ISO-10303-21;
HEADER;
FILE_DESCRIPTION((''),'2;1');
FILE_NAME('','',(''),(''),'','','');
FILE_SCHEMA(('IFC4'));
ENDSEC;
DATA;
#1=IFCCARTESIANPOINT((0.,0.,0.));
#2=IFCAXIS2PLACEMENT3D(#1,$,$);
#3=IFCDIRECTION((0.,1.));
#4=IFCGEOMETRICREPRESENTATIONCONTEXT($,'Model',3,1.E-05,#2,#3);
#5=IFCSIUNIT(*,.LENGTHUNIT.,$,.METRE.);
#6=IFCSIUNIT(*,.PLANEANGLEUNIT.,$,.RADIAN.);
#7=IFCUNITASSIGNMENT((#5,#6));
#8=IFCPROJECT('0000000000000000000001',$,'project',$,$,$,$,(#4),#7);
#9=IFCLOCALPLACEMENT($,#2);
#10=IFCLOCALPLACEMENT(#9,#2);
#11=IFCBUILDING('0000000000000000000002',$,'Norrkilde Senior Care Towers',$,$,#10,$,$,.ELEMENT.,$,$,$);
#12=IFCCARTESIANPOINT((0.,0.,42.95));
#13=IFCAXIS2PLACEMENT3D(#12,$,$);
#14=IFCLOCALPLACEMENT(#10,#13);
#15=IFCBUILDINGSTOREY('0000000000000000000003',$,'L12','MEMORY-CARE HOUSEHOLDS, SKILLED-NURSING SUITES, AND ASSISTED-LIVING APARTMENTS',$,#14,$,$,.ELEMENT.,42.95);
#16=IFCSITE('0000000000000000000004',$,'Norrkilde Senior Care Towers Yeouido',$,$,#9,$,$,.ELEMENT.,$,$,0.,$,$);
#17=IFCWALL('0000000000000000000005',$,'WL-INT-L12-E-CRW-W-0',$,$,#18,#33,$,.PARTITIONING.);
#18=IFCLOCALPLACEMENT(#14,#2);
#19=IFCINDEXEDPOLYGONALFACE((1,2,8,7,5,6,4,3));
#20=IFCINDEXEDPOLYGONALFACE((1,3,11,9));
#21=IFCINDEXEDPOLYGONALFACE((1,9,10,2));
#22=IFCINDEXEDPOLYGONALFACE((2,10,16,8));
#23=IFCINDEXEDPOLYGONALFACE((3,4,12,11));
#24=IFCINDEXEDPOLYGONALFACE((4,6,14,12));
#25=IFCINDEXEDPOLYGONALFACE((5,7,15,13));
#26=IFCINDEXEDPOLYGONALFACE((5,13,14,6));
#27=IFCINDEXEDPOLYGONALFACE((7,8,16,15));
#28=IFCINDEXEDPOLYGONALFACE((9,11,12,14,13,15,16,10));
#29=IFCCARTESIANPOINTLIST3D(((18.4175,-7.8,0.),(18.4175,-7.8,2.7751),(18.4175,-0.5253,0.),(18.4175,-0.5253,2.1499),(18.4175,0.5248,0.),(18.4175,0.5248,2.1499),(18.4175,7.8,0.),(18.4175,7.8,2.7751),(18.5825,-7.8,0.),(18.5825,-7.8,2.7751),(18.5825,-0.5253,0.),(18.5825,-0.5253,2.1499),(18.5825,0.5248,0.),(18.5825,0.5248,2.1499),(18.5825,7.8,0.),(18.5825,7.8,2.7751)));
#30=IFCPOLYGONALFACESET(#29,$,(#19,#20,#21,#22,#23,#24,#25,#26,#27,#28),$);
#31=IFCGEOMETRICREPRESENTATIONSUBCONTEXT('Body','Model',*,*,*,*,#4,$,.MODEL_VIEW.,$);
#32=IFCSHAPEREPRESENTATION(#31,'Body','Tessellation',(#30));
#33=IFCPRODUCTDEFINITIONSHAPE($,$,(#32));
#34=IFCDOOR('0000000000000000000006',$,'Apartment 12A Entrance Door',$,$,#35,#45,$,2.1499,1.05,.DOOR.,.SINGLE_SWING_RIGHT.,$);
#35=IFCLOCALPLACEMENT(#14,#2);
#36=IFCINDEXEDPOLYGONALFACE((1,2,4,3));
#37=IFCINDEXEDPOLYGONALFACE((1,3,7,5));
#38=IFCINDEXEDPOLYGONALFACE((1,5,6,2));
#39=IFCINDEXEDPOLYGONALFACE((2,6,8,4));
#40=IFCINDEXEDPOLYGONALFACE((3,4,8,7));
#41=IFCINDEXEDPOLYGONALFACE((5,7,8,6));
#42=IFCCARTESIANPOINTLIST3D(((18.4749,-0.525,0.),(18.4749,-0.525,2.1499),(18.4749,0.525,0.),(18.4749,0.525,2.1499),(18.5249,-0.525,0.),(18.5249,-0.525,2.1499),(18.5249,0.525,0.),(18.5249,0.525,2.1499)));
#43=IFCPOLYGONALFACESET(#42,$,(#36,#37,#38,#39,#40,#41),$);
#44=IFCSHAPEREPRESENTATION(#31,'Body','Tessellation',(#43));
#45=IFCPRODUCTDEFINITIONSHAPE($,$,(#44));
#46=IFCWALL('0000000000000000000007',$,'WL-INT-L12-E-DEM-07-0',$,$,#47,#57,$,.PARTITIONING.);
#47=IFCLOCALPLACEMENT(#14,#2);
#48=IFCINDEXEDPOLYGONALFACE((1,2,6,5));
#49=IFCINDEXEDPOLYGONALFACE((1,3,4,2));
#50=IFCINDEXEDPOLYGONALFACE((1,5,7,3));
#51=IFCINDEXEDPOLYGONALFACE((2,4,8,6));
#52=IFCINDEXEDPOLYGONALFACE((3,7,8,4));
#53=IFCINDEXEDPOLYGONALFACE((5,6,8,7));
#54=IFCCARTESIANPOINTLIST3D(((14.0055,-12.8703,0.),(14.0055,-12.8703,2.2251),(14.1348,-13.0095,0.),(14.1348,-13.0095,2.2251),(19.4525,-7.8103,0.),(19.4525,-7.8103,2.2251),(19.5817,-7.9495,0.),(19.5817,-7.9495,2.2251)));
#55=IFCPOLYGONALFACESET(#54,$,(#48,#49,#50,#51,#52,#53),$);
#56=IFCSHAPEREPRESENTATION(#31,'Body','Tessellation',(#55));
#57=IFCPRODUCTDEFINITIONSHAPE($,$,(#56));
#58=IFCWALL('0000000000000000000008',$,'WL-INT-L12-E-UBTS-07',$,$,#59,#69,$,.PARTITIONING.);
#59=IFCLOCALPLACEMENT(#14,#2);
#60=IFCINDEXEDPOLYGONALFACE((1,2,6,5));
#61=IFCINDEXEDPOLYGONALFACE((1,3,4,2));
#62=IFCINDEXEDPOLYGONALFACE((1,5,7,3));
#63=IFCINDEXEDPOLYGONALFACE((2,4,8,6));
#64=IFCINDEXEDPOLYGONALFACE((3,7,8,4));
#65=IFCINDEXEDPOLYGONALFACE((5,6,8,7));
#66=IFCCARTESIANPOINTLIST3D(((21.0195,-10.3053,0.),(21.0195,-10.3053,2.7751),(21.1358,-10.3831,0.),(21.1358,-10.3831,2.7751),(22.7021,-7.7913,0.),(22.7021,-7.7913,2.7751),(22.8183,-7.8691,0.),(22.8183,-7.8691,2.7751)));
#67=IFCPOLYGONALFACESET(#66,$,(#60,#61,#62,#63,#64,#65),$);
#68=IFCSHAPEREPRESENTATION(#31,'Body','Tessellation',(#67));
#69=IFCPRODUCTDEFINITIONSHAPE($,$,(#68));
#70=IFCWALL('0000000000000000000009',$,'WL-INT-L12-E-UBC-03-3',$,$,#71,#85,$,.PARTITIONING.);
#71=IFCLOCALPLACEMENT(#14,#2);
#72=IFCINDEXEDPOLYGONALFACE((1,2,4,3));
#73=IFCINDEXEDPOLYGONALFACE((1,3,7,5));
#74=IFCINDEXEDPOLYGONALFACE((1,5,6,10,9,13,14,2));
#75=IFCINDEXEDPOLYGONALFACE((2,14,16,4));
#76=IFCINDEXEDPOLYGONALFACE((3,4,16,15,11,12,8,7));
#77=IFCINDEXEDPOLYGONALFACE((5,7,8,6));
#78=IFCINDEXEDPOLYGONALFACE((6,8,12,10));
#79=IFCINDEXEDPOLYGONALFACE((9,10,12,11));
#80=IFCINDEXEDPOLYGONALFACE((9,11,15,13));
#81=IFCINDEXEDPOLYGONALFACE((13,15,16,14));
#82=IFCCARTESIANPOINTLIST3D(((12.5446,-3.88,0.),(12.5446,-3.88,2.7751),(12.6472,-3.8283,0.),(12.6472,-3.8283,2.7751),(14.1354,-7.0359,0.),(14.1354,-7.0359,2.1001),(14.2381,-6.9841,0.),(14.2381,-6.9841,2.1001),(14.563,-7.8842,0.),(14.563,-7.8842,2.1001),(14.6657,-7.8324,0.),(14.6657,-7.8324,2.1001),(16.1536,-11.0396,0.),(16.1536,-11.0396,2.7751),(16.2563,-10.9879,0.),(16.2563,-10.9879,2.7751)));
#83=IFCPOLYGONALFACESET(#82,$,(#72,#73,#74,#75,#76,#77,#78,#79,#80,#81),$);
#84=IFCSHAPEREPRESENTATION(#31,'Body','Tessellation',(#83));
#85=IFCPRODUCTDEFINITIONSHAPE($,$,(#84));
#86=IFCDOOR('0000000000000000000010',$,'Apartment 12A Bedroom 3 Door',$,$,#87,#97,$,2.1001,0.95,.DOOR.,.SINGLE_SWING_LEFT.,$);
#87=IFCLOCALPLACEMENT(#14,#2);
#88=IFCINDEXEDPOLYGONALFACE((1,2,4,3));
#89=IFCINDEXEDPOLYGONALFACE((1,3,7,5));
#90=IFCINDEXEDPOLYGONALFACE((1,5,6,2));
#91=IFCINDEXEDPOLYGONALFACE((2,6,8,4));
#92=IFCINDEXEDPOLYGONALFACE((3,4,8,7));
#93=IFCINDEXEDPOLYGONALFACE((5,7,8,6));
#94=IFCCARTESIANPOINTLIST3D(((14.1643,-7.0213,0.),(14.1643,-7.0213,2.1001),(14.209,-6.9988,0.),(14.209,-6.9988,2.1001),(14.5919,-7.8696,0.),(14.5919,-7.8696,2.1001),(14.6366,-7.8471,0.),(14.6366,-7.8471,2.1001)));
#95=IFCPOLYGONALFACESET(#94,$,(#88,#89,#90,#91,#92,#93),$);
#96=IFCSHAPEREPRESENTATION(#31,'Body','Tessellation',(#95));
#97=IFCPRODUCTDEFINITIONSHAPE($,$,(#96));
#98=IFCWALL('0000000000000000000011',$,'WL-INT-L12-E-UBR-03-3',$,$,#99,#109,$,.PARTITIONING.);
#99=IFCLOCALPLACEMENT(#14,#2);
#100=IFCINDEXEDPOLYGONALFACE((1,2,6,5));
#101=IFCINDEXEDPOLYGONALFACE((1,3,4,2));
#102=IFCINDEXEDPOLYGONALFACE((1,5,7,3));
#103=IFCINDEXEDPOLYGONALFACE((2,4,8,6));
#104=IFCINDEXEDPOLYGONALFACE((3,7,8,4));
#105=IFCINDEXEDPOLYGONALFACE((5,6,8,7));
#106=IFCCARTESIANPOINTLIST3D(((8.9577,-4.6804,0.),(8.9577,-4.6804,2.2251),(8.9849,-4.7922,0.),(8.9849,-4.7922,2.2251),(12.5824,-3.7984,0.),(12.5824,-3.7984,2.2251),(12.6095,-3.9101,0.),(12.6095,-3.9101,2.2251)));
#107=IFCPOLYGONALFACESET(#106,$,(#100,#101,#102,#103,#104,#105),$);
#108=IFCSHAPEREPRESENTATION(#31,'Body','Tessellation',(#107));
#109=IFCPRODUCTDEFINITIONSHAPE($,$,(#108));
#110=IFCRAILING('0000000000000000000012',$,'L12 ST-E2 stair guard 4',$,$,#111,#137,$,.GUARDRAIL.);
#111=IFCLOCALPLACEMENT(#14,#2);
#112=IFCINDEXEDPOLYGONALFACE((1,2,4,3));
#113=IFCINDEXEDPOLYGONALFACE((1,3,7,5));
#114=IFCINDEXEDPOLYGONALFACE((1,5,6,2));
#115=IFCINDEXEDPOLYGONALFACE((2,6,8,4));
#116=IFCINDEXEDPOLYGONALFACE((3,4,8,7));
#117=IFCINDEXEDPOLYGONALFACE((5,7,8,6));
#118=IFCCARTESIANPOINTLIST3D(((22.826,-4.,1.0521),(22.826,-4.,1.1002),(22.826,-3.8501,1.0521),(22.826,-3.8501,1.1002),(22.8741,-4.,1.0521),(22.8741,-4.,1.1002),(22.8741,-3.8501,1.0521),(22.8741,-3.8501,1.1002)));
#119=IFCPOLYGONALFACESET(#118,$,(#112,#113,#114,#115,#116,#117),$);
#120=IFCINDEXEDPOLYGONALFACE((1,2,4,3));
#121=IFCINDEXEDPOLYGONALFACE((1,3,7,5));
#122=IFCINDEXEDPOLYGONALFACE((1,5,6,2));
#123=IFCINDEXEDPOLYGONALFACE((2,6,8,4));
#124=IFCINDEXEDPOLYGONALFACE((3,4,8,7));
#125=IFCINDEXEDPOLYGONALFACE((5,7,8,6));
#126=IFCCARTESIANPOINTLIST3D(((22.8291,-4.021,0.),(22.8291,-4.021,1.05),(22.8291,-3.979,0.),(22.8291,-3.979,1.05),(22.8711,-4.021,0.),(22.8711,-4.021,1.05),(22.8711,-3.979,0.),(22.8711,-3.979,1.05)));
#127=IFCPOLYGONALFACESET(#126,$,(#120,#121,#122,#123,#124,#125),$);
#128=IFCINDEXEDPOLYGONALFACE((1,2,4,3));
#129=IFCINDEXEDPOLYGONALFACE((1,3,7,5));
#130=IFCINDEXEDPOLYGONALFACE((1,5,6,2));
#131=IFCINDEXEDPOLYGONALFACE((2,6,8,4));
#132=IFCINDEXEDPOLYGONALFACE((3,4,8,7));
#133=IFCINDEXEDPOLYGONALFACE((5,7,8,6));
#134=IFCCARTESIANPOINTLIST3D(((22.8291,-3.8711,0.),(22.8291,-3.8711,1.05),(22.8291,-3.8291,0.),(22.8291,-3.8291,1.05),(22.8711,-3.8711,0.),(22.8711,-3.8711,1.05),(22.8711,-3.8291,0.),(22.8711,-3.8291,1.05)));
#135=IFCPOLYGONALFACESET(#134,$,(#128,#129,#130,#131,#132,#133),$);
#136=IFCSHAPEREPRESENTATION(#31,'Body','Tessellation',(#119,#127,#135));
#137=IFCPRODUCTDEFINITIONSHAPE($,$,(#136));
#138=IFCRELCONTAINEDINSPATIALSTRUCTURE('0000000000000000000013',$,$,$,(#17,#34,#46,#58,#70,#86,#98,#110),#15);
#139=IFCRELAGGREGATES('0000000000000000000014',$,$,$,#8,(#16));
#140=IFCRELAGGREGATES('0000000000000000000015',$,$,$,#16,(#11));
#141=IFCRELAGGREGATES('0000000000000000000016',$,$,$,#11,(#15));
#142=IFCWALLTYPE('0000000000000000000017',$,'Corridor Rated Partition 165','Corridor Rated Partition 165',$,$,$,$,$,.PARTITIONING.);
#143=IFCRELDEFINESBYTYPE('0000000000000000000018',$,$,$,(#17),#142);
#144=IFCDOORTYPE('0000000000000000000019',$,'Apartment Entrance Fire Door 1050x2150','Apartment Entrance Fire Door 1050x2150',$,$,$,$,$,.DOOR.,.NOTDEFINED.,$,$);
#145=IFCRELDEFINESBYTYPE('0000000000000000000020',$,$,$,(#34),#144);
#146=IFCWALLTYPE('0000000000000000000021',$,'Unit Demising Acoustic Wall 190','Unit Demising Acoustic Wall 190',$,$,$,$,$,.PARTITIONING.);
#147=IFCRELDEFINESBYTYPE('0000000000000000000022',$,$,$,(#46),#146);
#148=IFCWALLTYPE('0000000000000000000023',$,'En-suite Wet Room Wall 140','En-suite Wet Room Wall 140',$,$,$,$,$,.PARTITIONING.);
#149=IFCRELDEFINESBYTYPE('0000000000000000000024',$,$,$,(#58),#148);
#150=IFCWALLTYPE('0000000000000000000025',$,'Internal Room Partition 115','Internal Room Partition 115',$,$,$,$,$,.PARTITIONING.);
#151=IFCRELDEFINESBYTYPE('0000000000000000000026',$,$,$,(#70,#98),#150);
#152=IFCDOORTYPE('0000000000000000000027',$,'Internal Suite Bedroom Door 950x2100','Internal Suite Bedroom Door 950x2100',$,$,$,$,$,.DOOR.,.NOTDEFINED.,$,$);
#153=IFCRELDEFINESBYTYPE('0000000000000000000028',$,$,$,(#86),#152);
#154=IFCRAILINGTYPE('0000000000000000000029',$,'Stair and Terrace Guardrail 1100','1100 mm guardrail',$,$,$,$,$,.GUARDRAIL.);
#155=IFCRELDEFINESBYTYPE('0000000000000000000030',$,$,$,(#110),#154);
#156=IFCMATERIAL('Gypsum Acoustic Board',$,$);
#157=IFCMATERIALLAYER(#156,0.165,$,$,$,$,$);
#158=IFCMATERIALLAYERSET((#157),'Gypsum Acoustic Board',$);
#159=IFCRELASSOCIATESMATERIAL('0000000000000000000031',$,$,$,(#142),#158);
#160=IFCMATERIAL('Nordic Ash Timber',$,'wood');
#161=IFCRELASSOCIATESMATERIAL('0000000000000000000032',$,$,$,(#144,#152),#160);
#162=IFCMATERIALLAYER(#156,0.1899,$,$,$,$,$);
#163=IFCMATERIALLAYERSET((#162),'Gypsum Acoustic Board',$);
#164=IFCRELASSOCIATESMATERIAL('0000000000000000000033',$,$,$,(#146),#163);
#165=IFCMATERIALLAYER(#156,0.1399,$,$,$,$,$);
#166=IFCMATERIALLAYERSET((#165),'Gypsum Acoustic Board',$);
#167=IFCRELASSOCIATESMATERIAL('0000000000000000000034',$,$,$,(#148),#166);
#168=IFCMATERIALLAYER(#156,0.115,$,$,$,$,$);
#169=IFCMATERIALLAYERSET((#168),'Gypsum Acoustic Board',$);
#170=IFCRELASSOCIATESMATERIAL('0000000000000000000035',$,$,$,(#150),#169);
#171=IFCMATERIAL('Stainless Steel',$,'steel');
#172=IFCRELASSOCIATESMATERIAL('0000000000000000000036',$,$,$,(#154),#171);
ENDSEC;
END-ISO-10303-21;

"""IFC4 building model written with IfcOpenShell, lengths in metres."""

from ifc_helpers import new_model, si_unit, direction, frame, frame_2d, origin, origin_2d, place, context, subcontext, project, spatial, rectangle, extrude, source, transform, mapped, material, layer, layer_set, type_object, type_shapes, element, fill, save


model = new_model("IFC4")

# Units and contexts
model_context = context("Model", 3, precision=1e-05, world=origin(), true_north=direction((0.0, 1.0)))
body_context = subcontext(model_context, "Body", "Model", "MODEL_VIEW")
ifc_project = project(units=[si_unit("LENGTHUNIT", "METRE"), si_unit("PLANEANGLEUNIT", "RADIAN")], contexts=[model_context])

# Site, building, storey
site_placement = place(None, origin())
site = spatial("IfcSite", under=ifc_project, at=site_placement, Name="Norrkilde Senior Care Towers Yeouido", CompositionType="ELEMENT", RefElevation=0.0)
building_placement = place(site_placement, origin())
building = spatial("IfcBuilding", under=site, at=building_placement, Name="Norrkilde Senior Care Towers", CompositionType="ELEMENT")
storey_placement = place(building_placement, frame((0.0, 0.0, 42.95)))
storey = spatial("IfcBuildingStorey", under=building, at=storey_placement, Name="L12", Description="MEMORY-CARE HOUSEHOLDS, SKILLED-NURSING SUITES, AND ASSISTED-LIVING APARTMENTS", CompositionType="ELEMENT", Elevation=42.95)

# Shared definitions
ifc_material_1 = material(Name="Stainless Steel", Category="steel")

# Wall, opening, door
ifc_material_2 = material(Name="Gypsum Acoustic Board")
ifc_layer_1 = layer(ifc_material_2, 0.165)
ifc_layer_set_1 = layer_set([ifc_layer_1], Name="Gypsum Acoustic Board")
wall_type_1 = type_object("IfcWallType", Name="Corridor Rated Partition 165", Description="Corridor Rated Partition 165", PredefinedType="PARTITIONING", material=ifc_layer_set_1)
shared_shape_1 = source(origin(), body_context, "Body", "SweptSolid", [
    extrude(rectangle(XDim=15.6001, YDim=0.165, at=frame_2d((7.8, 0.0))), origin(), (0.0, 0.0, 1.0), 2.7751),
])
type_shapes(wall_type_1, [shared_shape_1])
wall_1_placement = place(storey_placement, frame((18.5, -7.8, 0.0), z_axis=(0.0, 0.0, 1.0), x_axis=(0.0, 1.0, 0.0)))
wall_1 = element("IfcWall", 1, at=wall_1_placement, inside=storey, type_object=wall_type_1, Name="WL-INT-L12-E-CRW-W-0", PredefinedType="PARTITIONING", context=body_context, shape_type="MappedRepresentation", body=[
    mapped(shared_shape_1, transform((0.0, 0.0, 0.0), x_axis=(1.0, 0.0, 0.0), y_axis=(0.0, 1.0, 0.0), z_axis=(0.0, 0.0, 1.0), scale=1.0)),
])
opening_1_placement = place(wall_1_placement, frame((7.2749, 0.0, 0.0)))
opening_1 = element("IfcOpeningElement", 2, at=opening_1_placement, cuts=wall_1, PredefinedType="OPENING", context=body_context, shape_type="SweptSolid", body=[
    extrude(rectangle(XDim=1.05, YDim=2.1499, at=frame_2d((0.5249, 1.075))), frame((0.0, 0.0925, 0.0), z_axis=(0.0, -1.0, 0.0), x_axis=(1.0, 0.0, 0.0)), (0.0, 0.0, 1.0), 0.1851),
])
ifc_material_3 = material(Name="Nordic Ash Timber", Category="wood")
door_type_1 = type_object("IfcDoorType", Name="Apartment Entrance Fire Door 1050x2150", Description="Apartment Entrance Fire Door 1050x2150", OperationType="NOTDEFINED", PredefinedType="DOOR", material=ifc_material_3)
shared_shape_2 = source(origin(), body_context, "Body", "SweptSolid", [
    extrude(rectangle(XDim=1.05, YDim=2.1499, at=frame_2d((0.5249, 1.075))), frame((0.0, 0.0249, 0.0), z_axis=(0.0, -1.0, 0.0), x_axis=(1.0, 0.0, 0.0)), (0.0, 0.0, 1.0), 0.05),
])
type_shapes(door_type_1, [shared_shape_2])
door_1_placement = place(opening_1_placement, frame((1.05, 0.0, 0.0), z_axis=(0.0, 0.0, 1.0), x_axis=(-1.0, 0.0, 0.0)))
door_1 = element("IfcDoor", 3, at=door_1_placement, inside=storey, type_object=door_type_1, Name="Apartment 12A Entrance Door", OperationType="SINGLE_SWING_RIGHT", OverallHeight=2.1499, OverallWidth=1.05, PredefinedType="DOOR", context=body_context, shape_type="MappedRepresentation", body=[
    mapped(shared_shape_2, transform((0.0, 0.0, 0.0), x_axis=(1.0, 0.0, 0.0), y_axis=(0.0, 1.0, 0.0), z_axis=(0.0, 0.0, 1.0), scale=1.0)),
])
fill(opening_1, door_1)

# Walls
ifc_layer_2 = layer(ifc_material_2, 0.1899)
ifc_layer_set_2 = layer_set([ifc_layer_2], Name="Gypsum Acoustic Board")
wall_type_2 = type_object("IfcWallType", Name="Unit Demising Acoustic Wall 190", Description="Unit Demising Acoustic Wall 190", PredefinedType="PARTITIONING", material=ifc_layer_set_2)
shared_shape_3 = source(origin(), body_context, "Body", "SweptSolid", [
    extrude(rectangle(XDim=7.4346, YDim=0.1899, at=frame_2d((3.7173, 0.0))), origin(), (0.0, 0.0, 1.0), 2.2251),
])
type_shapes(wall_type_2, [shared_shape_3])
wall_2_placement = place(storey_placement, frame((19.5171, -7.8799, 0.0), z_axis=(0.0, 0.0, 1.0), x_axis=(-0.732652, -0.680603, 0.0)))
element("IfcWall", 4, at=wall_2_placement, inside=storey, type_object=wall_type_2, Name="WL-INT-L12-E-DEM-07-0", PredefinedType="PARTITIONING", context=body_context, shape_type="MappedRepresentation", body=[
    mapped(shared_shape_3, transform((0.0, 0.0, 0.0), x_axis=(1.0, 0.0, 0.0), y_axis=(0.0, 1.0, 0.0), z_axis=(0.0, 0.0, 1.0), scale=1.0)),
])
ifc_layer_3 = layer(ifc_material_2, 0.1399)
ifc_layer_set_3 = layer_set([ifc_layer_3], Name="Gypsum Acoustic Board")
wall_type_3 = type_object("IfcWallType", Name="En-suite Wet Room Wall 140", Description="En-suite Wet Room Wall 140", PredefinedType="PARTITIONING", material=ifc_layer_set_3)
shared_shape_4 = source(origin(), body_context, "Body", "SweptSolid", [
    extrude(rectangle(XDim=3.0251, YDim=0.1399, at=frame_2d((1.5127, 0.0))), origin(), (0.0, 0.0, 1.0), 2.7751),
])
type_shapes(wall_type_3, [shared_shape_4])
wall_3_placement = place(storey_placement, frame((22.7603, -7.8301, 0.0), z_axis=(0.0, 0.0, 1.0), x_axis=(-0.556189, -0.831056, 0.0)))
element("IfcWall", 5, at=wall_3_placement, inside=storey, type_object=wall_type_3, Name="WL-INT-L12-E-UBTS-07", PredefinedType="PARTITIONING", context=body_context, shape_type="MappedRepresentation", body=[
    mapped(shared_shape_4, transform((0.0, 0.0, 0.0), x_axis=(1.0, 0.0, 0.0), y_axis=(0.0, 1.0, 0.0), z_axis=(0.0, 0.0, 1.0), scale=1.0)),
])

# Wall, opening, door
ifc_layer_4 = layer(ifc_material_2, 0.115)
ifc_layer_set_4 = layer_set([ifc_layer_4], Name="Gypsum Acoustic Board")
wall_type_4 = type_object("IfcWallType", Name="Internal Room Partition 115", Description="Internal Room Partition 115", PredefinedType="PARTITIONING", material=ifc_layer_set_4)
shared_shape_5 = source(origin(), body_context, "Body", "SweptSolid", [
    extrude(rectangle(XDim=8.0178, YDim=0.115, at=frame_2d((4.0088, 0.0))), origin(), (0.0, 0.0, 1.0), 2.7751),
])
wall_4_placement = place(storey_placement, frame((12.5959, -3.8542, 0.0), z_axis=(0.0, 0.0, 1.0), x_axis=(0.450134, -0.892961, 0.0)))
wall_4 = element("IfcWall", 6, at=wall_4_placement, inside=storey, type_object=wall_type_4, Name="WL-INT-L12-E-UBC-03-3", PredefinedType="PARTITIONING", context=body_context, shape_type="MappedRepresentation", body=[
    mapped(shared_shape_5, transform((0.0, 0.0, 0.0), x_axis=(1.0, 0.0, 0.0), y_axis=(0.0, 1.0, 0.0), z_axis=(0.0, 0.0, 1.0), scale=1.0)),
])
opening_2_placement = place(wall_4_placement, frame((3.5339, 0.0, 0.0)))
opening_2 = element("IfcOpeningElement", 7, at=opening_2_placement, cuts=wall_4, PredefinedType="OPENING", context=body_context, shape_type="SweptSolid", body=[
    extrude(rectangle(XDim=0.95, YDim=2.1001, at=frame_2d((0.4751, 1.05))), frame((0.0, 0.0674, 0.0), z_axis=(0.0, -1.0, 0.0), x_axis=(1.0, 0.0, 0.0)), (0.0, 0.0, 1.0), 0.135),
])
door_type_2 = type_object("IfcDoorType", Name="Internal Suite Bedroom Door 950x2100", Description="Internal Suite Bedroom Door 950x2100", OperationType="NOTDEFINED", PredefinedType="DOOR", material=ifc_material_3)
shared_shape_6 = source(origin(), body_context, "Body", "SweptSolid", [
    extrude(rectangle(XDim=0.95, YDim=2.1001, at=frame_2d((0.4751, 1.05))), frame((0.0, 0.0249, 0.0), z_axis=(0.0, -1.0, 0.0), x_axis=(1.0, 0.0, 0.0)), (0.0, 0.0, 1.0), 0.05),
])
type_shapes(door_type_2, [shared_shape_6])
door_2_placement = place(opening_2_placement, origin())
door_2 = element("IfcDoor", 8, at=door_2_placement, inside=storey, type_object=door_type_2, Name="Apartment 12A Bedroom 3 Door", OperationType="SINGLE_SWING_LEFT", OverallHeight=2.1001, OverallWidth=0.95, PredefinedType="DOOR", context=body_context, shape_type="MappedRepresentation", body=[
    mapped(shared_shape_6, transform((0.0, 0.0, 0.0), x_axis=(1.0, 0.0, 0.0), y_axis=(0.0, 1.0, 0.0), z_axis=(0.0, 0.0, 1.0), scale=1.0)),
])
fill(opening_2, door_2)

# Wall
shared_shape_7 = source(origin(), body_context, "Body", "SweptSolid", [
    extrude(rectangle(XDim=3.7305, YDim=0.115, at=frame_2d((1.8652, 0.0))), origin(), (0.0, 0.0, 1.0), 2.2251),
])
type_shapes(wall_type_4, [shared_shape_5, shared_shape_7])
wall_5_placement = place(storey_placement, frame((12.5959, -3.8542, 0.0), z_axis=(0.0, 0.0, 1.0), x_axis=(-0.971644, -0.236448, 0.0)))
element("IfcWall", 9, at=wall_5_placement, inside=storey, type_object=wall_type_4, Name="WL-INT-L12-E-UBR-03-3", PredefinedType="PARTITIONING", context=body_context, shape_type="MappedRepresentation", body=[
    mapped(shared_shape_7, transform((0.0, 0.0, 0.0), x_axis=(1.0, 0.0, 0.0), y_axis=(0.0, 1.0, 0.0), z_axis=(0.0, 0.0, 1.0), scale=1.0)),
])

# Railing
railing_type = type_object("IfcRailingType", Name="Stair and Terrace Guardrail 1100", Description="1100 mm guardrail", PredefinedType="GUARDRAIL", material=ifc_material_1)
railing_placement = place(storey_placement, frame((22.8501, -4.0, 0.0)))
element("IfcRailing", 10, at=railing_placement, inside=storey, type_object=railing_type, Name="L12 ST-E2 stair guard 4", PredefinedType="GUARDRAIL", context=body_context, shape_type="SweptSolid", body=[
    extrude(rectangle(XDim=0.0481, YDim=0.0481, at=origin_2d()), frame((0.0, 0.0, 1.0762), z_axis=(0.0, 1.0, 0.0), x_axis=(-1.0, 0.0, 0.0)), (0.0, 0.0, 1.0), 0.1499),
    extrude(rectangle(XDim=0.042, YDim=0.042, at=origin_2d()), origin(), (0.0, 0.0, 1.0), 1.05),
    extrude(rectangle(XDim=0.042, YDim=0.042, at=origin_2d()), frame((0.0, 0.1499, 0.0)), (0.0, 0.0, 1.0), 1.05),
])

save(model, "model.ifc")
